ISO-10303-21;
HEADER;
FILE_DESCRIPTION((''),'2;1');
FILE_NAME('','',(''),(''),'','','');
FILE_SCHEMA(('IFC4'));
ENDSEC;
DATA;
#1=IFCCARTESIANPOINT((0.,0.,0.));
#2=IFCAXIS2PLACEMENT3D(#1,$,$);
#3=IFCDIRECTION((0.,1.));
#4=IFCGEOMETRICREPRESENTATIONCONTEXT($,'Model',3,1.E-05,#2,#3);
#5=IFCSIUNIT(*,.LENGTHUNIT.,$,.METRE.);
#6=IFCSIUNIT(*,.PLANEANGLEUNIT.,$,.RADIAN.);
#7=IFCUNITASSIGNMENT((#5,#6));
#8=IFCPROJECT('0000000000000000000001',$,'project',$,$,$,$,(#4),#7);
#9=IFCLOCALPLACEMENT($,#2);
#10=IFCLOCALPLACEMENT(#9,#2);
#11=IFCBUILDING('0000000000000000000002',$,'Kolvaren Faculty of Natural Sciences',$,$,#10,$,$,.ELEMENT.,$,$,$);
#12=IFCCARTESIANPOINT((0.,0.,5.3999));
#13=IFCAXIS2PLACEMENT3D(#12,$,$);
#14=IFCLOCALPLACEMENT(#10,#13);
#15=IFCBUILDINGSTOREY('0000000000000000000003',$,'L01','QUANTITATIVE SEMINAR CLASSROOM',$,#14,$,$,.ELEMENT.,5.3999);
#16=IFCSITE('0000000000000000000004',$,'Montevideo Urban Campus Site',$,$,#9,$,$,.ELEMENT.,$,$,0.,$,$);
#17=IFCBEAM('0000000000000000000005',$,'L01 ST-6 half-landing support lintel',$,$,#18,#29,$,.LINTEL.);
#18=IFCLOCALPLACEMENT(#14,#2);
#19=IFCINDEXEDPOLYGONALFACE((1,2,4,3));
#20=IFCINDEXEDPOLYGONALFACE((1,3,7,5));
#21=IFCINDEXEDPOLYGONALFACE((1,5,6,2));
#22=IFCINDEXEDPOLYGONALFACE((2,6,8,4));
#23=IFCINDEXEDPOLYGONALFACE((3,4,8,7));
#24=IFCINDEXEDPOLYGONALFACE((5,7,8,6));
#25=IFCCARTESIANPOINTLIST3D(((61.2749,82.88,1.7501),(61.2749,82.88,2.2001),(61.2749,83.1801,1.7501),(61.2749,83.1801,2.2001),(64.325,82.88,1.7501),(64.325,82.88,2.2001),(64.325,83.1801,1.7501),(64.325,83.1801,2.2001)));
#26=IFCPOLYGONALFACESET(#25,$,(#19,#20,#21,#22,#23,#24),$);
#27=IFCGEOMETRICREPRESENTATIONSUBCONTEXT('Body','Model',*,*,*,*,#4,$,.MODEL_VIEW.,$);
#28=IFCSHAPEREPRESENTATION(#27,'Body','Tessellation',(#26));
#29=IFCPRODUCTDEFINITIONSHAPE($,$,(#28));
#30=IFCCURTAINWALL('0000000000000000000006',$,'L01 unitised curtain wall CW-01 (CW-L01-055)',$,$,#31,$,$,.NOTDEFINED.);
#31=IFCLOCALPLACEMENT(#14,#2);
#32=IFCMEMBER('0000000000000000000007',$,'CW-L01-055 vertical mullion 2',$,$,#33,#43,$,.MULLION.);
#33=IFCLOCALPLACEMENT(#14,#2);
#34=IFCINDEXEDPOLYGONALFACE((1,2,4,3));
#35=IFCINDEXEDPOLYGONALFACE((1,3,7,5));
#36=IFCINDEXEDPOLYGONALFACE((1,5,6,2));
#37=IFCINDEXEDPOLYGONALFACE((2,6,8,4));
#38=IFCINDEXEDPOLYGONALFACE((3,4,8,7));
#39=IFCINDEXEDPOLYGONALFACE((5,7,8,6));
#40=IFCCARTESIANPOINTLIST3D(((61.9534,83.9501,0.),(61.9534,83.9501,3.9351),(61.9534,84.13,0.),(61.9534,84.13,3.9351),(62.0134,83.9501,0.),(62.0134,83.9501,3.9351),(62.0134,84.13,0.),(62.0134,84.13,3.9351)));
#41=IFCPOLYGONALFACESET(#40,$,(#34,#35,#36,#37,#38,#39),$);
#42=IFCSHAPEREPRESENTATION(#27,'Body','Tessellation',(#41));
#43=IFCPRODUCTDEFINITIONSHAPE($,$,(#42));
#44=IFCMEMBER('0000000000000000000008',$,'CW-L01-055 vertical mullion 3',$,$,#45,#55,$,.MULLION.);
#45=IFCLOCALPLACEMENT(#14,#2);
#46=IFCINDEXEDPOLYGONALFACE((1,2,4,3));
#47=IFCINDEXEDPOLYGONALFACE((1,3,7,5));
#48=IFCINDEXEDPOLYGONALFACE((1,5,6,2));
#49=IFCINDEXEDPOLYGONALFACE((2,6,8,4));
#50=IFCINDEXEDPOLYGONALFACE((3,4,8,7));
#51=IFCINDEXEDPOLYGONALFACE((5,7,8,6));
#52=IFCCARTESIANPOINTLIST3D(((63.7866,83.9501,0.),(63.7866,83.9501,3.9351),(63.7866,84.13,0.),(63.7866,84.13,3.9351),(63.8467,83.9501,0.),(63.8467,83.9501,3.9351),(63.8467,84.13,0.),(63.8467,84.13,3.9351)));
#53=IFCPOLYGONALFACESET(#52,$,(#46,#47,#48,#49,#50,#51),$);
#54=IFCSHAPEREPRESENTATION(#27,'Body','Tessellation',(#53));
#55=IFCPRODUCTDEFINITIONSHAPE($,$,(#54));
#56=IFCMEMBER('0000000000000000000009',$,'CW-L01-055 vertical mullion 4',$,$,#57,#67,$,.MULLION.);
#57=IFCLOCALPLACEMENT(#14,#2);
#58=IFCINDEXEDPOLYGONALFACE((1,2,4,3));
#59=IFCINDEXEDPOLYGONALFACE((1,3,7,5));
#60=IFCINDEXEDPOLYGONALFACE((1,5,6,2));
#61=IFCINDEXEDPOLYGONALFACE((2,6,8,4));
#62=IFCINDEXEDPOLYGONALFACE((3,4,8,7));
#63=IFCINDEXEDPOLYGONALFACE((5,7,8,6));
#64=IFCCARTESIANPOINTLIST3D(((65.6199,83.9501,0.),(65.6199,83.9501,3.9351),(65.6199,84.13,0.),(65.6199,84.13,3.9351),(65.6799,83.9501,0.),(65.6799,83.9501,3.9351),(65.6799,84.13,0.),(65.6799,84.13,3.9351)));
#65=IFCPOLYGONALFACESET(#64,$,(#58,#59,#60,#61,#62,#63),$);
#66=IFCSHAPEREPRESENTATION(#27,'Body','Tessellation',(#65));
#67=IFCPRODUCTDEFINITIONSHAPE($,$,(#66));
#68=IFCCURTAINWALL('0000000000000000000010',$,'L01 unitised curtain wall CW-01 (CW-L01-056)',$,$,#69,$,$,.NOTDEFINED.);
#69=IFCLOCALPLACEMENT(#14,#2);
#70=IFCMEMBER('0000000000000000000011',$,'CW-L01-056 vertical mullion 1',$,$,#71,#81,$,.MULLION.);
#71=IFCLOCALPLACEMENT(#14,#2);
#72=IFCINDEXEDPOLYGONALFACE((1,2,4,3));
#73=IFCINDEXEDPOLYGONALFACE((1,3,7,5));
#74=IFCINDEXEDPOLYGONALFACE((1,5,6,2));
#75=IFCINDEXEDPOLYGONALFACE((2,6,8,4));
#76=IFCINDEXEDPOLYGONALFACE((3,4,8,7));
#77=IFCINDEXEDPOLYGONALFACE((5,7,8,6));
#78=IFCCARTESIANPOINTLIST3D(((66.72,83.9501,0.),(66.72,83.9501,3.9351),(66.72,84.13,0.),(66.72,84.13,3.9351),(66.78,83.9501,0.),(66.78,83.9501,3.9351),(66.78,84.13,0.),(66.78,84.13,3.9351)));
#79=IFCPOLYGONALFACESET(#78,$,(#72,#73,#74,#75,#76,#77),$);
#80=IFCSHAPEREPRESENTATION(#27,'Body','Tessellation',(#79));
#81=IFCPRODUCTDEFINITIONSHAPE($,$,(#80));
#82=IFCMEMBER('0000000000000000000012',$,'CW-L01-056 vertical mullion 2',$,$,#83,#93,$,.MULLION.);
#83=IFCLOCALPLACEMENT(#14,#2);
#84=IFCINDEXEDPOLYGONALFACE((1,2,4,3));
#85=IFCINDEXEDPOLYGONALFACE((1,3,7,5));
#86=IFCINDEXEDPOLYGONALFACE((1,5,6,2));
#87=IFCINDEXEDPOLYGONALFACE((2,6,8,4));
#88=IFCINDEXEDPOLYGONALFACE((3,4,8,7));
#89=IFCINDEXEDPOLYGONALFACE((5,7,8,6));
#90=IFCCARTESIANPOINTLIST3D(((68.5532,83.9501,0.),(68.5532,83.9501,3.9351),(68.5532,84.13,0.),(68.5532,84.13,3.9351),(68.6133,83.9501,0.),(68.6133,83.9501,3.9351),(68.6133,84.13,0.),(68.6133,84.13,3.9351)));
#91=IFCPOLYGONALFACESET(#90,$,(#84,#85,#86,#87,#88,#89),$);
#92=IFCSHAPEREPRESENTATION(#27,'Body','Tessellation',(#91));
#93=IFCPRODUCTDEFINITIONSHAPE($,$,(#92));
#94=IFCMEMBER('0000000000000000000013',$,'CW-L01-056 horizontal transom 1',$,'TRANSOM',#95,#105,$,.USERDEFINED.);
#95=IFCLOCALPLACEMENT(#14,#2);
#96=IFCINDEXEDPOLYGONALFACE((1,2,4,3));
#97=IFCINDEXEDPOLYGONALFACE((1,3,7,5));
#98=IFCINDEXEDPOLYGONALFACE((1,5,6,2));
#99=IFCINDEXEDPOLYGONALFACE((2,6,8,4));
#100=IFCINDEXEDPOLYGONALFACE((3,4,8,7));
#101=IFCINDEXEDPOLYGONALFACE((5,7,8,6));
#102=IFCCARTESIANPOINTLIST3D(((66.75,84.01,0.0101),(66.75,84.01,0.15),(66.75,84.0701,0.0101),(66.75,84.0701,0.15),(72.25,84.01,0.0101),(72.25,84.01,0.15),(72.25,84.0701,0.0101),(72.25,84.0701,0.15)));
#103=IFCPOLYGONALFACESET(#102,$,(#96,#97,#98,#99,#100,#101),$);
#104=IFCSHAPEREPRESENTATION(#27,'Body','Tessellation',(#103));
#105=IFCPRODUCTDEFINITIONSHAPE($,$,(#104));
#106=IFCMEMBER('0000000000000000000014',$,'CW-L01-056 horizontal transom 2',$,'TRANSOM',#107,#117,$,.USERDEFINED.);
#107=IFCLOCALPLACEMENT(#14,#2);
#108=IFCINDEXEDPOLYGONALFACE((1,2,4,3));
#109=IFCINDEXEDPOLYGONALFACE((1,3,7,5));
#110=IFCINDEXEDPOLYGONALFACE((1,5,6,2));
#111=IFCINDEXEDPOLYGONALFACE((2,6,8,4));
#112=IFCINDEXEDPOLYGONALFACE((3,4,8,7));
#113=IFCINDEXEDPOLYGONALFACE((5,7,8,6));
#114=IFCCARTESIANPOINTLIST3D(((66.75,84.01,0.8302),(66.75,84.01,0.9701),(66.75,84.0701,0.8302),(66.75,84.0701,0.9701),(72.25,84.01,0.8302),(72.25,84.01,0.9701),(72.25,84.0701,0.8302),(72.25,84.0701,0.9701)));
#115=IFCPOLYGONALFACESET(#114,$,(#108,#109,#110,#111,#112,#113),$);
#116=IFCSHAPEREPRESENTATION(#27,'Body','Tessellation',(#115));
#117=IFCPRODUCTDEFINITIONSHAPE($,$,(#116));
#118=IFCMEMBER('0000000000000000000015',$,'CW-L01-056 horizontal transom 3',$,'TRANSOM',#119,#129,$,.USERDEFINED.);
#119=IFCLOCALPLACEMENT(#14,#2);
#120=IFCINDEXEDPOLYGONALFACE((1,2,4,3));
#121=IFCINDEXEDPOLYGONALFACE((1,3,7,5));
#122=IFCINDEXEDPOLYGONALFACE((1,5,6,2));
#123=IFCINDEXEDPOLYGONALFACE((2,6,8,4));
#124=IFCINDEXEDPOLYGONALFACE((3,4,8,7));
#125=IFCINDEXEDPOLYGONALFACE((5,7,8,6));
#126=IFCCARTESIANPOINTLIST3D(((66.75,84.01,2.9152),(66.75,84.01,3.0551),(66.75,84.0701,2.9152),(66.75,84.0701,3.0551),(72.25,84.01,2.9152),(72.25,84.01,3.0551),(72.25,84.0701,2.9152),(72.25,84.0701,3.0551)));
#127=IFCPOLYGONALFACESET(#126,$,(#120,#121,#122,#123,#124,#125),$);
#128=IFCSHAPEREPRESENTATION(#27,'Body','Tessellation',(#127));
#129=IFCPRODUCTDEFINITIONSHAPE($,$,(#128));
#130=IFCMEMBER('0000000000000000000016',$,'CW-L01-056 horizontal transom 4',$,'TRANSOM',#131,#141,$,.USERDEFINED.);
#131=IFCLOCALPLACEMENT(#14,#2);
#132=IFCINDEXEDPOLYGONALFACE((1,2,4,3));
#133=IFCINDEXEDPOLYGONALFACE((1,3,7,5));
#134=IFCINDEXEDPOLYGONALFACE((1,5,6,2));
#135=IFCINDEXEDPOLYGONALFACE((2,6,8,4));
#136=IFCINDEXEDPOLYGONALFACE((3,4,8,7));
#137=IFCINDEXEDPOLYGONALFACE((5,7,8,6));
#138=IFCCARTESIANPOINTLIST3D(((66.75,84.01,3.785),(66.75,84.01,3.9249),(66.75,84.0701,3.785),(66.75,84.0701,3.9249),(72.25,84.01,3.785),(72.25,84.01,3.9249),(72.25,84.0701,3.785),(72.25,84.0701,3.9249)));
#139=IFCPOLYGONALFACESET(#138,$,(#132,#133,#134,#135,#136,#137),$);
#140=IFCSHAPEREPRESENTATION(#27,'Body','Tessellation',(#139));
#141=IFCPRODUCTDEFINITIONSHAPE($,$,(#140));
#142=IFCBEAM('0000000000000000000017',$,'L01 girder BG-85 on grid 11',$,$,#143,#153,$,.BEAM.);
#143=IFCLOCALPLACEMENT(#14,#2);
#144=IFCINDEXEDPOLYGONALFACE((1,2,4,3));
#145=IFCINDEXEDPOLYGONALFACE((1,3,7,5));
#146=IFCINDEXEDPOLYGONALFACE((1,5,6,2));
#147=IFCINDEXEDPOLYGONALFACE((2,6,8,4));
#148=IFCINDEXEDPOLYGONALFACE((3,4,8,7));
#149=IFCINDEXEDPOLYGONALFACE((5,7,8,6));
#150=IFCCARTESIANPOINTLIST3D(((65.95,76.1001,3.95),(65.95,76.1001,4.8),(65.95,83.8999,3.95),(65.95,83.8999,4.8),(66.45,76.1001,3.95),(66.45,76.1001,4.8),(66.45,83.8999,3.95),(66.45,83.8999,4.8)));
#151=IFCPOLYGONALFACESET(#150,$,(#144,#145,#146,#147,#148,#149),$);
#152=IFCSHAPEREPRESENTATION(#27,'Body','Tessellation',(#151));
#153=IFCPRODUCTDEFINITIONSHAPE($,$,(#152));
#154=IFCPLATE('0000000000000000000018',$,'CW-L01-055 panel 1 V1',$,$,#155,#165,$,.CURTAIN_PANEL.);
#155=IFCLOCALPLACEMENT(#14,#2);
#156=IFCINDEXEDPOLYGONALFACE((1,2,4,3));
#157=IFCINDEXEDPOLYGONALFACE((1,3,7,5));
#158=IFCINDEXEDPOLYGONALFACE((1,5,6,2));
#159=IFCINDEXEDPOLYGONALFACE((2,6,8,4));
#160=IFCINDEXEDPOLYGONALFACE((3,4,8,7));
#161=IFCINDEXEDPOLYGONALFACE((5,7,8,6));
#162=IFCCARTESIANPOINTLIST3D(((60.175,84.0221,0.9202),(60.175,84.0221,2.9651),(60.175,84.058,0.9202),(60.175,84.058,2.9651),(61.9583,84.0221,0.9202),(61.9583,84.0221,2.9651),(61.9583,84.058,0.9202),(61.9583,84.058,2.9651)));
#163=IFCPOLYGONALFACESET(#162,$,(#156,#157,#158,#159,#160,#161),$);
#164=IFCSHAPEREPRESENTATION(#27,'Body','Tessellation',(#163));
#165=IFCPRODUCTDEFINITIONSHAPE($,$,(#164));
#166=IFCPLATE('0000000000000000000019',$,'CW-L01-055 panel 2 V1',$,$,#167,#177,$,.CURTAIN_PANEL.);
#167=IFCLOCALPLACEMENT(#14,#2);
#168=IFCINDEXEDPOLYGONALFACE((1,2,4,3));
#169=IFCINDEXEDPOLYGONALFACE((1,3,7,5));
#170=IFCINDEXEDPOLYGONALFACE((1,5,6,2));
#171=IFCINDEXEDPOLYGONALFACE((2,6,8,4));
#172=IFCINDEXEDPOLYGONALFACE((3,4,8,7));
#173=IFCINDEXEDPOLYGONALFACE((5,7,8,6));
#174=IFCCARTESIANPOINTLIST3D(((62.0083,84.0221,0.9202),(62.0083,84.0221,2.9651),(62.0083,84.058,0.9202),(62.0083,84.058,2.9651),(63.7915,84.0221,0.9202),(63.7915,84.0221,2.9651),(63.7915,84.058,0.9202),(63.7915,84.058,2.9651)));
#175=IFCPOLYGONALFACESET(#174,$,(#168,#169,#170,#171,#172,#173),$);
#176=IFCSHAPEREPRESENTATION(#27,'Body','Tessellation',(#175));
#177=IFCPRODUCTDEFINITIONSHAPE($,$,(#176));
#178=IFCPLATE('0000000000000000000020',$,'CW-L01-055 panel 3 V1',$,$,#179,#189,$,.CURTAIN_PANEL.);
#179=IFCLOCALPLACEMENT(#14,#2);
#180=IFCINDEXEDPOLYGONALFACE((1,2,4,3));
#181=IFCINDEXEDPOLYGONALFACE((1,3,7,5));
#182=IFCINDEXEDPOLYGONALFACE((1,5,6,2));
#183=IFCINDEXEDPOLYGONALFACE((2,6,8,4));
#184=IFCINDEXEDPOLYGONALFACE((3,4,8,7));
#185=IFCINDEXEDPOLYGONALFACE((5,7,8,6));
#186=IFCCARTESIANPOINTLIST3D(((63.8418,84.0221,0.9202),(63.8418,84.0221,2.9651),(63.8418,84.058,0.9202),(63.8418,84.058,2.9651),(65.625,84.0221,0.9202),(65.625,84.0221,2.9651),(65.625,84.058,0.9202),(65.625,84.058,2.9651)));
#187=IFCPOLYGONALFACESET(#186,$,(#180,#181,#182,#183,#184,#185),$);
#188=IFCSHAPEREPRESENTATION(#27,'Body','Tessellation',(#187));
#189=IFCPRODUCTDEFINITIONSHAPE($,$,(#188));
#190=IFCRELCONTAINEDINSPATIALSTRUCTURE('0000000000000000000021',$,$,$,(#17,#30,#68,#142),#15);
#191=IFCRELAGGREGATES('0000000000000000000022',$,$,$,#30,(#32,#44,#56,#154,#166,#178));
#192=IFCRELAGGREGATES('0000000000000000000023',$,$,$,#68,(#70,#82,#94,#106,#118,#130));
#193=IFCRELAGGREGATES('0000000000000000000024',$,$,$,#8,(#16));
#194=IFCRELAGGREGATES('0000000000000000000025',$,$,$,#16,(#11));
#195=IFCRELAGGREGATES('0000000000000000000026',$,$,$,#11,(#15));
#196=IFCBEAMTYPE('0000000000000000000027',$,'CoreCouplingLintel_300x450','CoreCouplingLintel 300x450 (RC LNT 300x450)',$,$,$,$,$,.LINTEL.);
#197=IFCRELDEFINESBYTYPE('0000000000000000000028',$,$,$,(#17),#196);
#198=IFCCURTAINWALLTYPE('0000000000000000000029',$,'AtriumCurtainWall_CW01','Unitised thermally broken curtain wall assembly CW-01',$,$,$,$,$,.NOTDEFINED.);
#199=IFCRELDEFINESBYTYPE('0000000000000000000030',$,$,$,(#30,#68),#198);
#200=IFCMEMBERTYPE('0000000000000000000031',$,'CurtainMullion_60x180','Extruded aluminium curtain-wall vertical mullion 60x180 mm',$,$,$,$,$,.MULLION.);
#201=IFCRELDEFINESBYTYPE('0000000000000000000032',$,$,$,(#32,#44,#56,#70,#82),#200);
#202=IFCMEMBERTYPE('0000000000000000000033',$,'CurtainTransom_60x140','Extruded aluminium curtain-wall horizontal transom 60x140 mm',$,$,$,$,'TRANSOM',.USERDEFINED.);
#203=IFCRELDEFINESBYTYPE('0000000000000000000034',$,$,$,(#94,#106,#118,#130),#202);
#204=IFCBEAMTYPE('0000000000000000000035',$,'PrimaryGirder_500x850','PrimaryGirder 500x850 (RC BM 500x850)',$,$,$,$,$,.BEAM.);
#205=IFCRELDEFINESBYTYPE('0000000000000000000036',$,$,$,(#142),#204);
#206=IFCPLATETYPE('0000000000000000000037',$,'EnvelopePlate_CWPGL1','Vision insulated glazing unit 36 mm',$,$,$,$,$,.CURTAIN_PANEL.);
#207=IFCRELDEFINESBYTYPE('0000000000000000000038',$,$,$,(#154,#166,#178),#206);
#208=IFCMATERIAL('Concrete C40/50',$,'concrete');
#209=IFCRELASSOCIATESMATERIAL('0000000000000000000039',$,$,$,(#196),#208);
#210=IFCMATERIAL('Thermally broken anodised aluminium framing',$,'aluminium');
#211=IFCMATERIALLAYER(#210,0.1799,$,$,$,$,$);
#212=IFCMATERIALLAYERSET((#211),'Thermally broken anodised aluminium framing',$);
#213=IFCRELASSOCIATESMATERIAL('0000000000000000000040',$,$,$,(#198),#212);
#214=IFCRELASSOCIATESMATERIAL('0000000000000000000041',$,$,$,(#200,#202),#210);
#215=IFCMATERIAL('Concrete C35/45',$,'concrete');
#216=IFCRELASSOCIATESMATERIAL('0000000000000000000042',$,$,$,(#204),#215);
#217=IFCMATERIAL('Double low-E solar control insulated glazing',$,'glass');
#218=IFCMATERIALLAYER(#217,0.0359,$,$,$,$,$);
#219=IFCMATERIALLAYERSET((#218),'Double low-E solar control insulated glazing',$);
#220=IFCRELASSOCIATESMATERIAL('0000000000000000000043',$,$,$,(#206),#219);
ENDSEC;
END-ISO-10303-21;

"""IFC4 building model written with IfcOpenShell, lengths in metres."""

from ifc_helpers import new_model, si_unit, direction, frame, origin, origin_2d, place, context, subcontext, project, spatial, rectangle, extrude, material, layer, layer_set, material_profile, profile_set, type_object, element, aggregate, save


model = new_model("IFC4")

# Units and contexts
model_context = context("Model", 3, precision=1e-05, world=origin(), true_north=direction((0.0, 1.0)))
body_context = subcontext(model_context, "Body", "Model", "MODEL_VIEW")
ifc_project = project(units=[si_unit("LENGTHUNIT", "METRE"), si_unit("PLANEANGLEUNIT", "RADIAN")], contexts=[model_context])

# Site, building, storey
site_placement = place(None, origin())
site = spatial("IfcSite", under=ifc_project, at=site_placement, Name="Montevideo Urban Campus Site", CompositionType="ELEMENT", RefElevation=0.0)
building_placement = place(site_placement, origin())
building = spatial("IfcBuilding", under=site, at=building_placement, Name="Kolvaren Faculty of Natural Sciences", CompositionType="ELEMENT")
storey_placement = place(building_placement, frame((0.0, 0.0, 5.3999)))
storey = spatial("IfcBuildingStorey", under=building, at=storey_placement, Name="L01", Description="QUANTITATIVE SEMINAR CLASSROOM", CompositionType="ELEMENT", Elevation=5.3999)

# Beam
ifc_material_1 = material(Name="Concrete C40/50", Category="concrete")
ifc_material_profile_1 = material_profile(ifc_material_1, rectangle(XDim=0.3, YDim=0.45, at=origin_2d()), Name="RC LNT 300x450")
ifc_profile_set_1 = profile_set([ifc_material_profile_1], Name="Concrete C40/50")
beam_type_1 = type_object("IfcBeamType", Name="CoreCouplingLintel_300x450", Description="CoreCouplingLintel 300x450 (RC LNT 300x450)", PredefinedType="LINTEL", material=ifc_profile_set_1)
beam_1_placement = place(storey_placement, frame((61.2749, 83.03, 1.9751), z_axis=(1.0, 0.0, 0.0), x_axis=(0.0, 1.0, 0.0)))
element("IfcBeam", 1, at=beam_1_placement, inside=storey, type_object=beam_type_1, Name="L01 ST-6 half-landing support lintel", PredefinedType="LINTEL", context=body_context, shape_type="SweptSolid", body=[
    extrude(rectangle(XDim=0.3, YDim=0.45, at=origin_2d()), origin(), (0.0, 0.0, 1.0), 3.05),
])

# Curtain walls, members
ifc_material_2 = material(Name="Thermally broken anodised aluminium framing", Category="aluminium")
ifc_layer_1 = layer(ifc_material_2, 0.1799)
ifc_layer_set_1 = layer_set([ifc_layer_1], Name="Thermally broken anodised aluminium framing")
curtain_wall_type = type_object("IfcCurtainWallType", Name="AtriumCurtainWall_CW01", Description="Unitised thermally broken curtain wall assembly CW-01", PredefinedType="NOTDEFINED", material=ifc_layer_set_1)
curtain_wall_1_placement = place(storey_placement, origin())
curtain_wall_1 = element("IfcCurtainWall", 2, at=curtain_wall_1_placement, inside=storey, type_object=curtain_wall_type, Name="L01 unitised curtain wall CW-01 (CW-L01-055)", PredefinedType="NOTDEFINED")
ifc_material_profile_2 = material_profile(ifc_material_2, rectangle(XDim=0.0601, YDim=0.1799, at=origin_2d()), Name="ALU MUL 60x180")
ifc_profile_set_2 = profile_set([ifc_material_profile_2], Name="Thermally broken anodised aluminium framing")
member_type_1 = type_object("IfcMemberType", Name="CurtainMullion_60x180", Description="Extruded aluminium curtain-wall vertical mullion 60x180 mm", PredefinedType="MULLION", material=ifc_profile_set_2)
member_1_placement = place(storey_placement, frame((61.9834, 84.04, 0.0), z_axis=(0.0, 0.0, 1.0), x_axis=(1.0, 0.0, 0.0)))
member_1 = element("IfcMember", 3, at=member_1_placement, type_object=member_type_1, Name="CW-L01-055 vertical mullion 2", PredefinedType="MULLION", context=body_context, shape_type="SweptSolid", body=[
    extrude(rectangle(XDim=0.0601, YDim=0.1799, at=origin_2d()), origin(), (0.0, 0.0, 1.0), 3.9351),
])
member_2_placement = place(storey_placement, frame((63.8167, 84.04, 0.0), z_axis=(0.0, 0.0, 1.0), x_axis=(1.0, 0.0, 0.0)))
member_2 = element("IfcMember", 4, at=member_2_placement, type_object=member_type_1, Name="CW-L01-055 vertical mullion 3", PredefinedType="MULLION", context=body_context, shape_type="SweptSolid", body=[
    extrude(rectangle(XDim=0.0601, YDim=0.1799, at=origin_2d()), origin(), (0.0, 0.0, 1.0), 3.9351),
])
member_3_placement = place(storey_placement, frame((65.6499, 84.04, 0.0), z_axis=(0.0, 0.0, 1.0), x_axis=(1.0, 0.0, 0.0)))
member_3 = element("IfcMember", 5, at=member_3_placement, type_object=member_type_1, Name="CW-L01-055 vertical mullion 4", PredefinedType="MULLION", context=body_context, shape_type="SweptSolid", body=[
    extrude(rectangle(XDim=0.0601, YDim=0.1799, at=origin_2d()), origin(), (0.0, 0.0, 1.0), 3.9351),
])
curtain_wall_2_placement = place(storey_placement, origin())
curtain_wall_2 = element("IfcCurtainWall", 6, at=curtain_wall_2_placement, inside=storey, type_object=curtain_wall_type, Name="L01 unitised curtain wall CW-01 (CW-L01-056)", PredefinedType="NOTDEFINED")
member_4_placement = place(storey_placement, frame((66.75, 84.04, 0.0), z_axis=(0.0, 0.0, 1.0), x_axis=(1.0, 0.0, 0.0)))
member_4 = element("IfcMember", 7, at=member_4_placement, type_object=member_type_1, Name="CW-L01-056 vertical mullion 1", PredefinedType="MULLION", context=body_context, shape_type="SweptSolid", body=[
    extrude(rectangle(XDim=0.0601, YDim=0.1799, at=origin_2d()), origin(), (0.0, 0.0, 1.0), 3.9351),
])
member_5_placement = place(storey_placement, frame((68.5833, 84.04, 0.0), z_axis=(0.0, 0.0, 1.0), x_axis=(1.0, 0.0, 0.0)))
member_5 = element("IfcMember", 8, at=member_5_placement, type_object=member_type_1, Name="CW-L01-056 vertical mullion 2", PredefinedType="MULLION", context=body_context, shape_type="SweptSolid", body=[
    extrude(rectangle(XDim=0.0601, YDim=0.1799, at=origin_2d()), origin(), (0.0, 0.0, 1.0), 3.9351),
])
ifc_material_profile_3 = material_profile(ifc_material_2, rectangle(XDim=0.0601, YDim=0.1399, at=origin_2d()), Name="ALU TRN 60x140")
ifc_profile_set_3 = profile_set([ifc_material_profile_3], Name="Thermally broken anodised aluminium framing")
member_type_2 = type_object("IfcMemberType", Name="CurtainTransom_60x140", Description="Extruded aluminium curtain-wall horizontal transom 60x140 mm", ElementType="TRANSOM", PredefinedType="USERDEFINED", material=ifc_profile_set_3)
member_6_placement = place(storey_placement, frame((66.75, 84.04, 0.0801), z_axis=(1.0, 0.0, 0.0), x_axis=(0.0, 1.0, 0.0)))
member_6 = element("IfcMember", 9, at=member_6_placement, type_object=member_type_2, Name="CW-L01-056 horizontal transom 1", ObjectType="TRANSOM", PredefinedType="USERDEFINED", context=body_context, shape_type="SweptSolid", body=[
    extrude(rectangle(XDim=0.0601, YDim=0.1399, at=origin_2d()), origin(), (0.0, 0.0, 1.0), 5.5),
])
member_7_placement = place(storey_placement, frame((66.75, 84.04, 0.9001), z_axis=(1.0, 0.0, 0.0), x_axis=(0.0, 1.0, 0.0)))
member_7 = element("IfcMember", 10, at=member_7_placement, type_object=member_type_2, Name="CW-L01-056 horizontal transom 2", ObjectType="TRANSOM", PredefinedType="USERDEFINED", context=body_context, shape_type="SweptSolid", body=[
    extrude(rectangle(XDim=0.0601, YDim=0.1399, at=origin_2d()), origin(), (0.0, 0.0, 1.0), 5.5),
])
member_8_placement = place(storey_placement, frame((66.75, 84.04, 2.9851), z_axis=(1.0, 0.0, 0.0), x_axis=(0.0, 1.0, 0.0)))
member_8 = element("IfcMember", 11, at=member_8_placement, type_object=member_type_2, Name="CW-L01-056 horizontal transom 3", ObjectType="TRANSOM", PredefinedType="USERDEFINED", context=body_context, shape_type="SweptSolid", body=[
    extrude(rectangle(XDim=0.0601, YDim=0.1399, at=origin_2d()), origin(), (0.0, 0.0, 1.0), 5.5),
])
member_9_placement = place(storey_placement, frame((66.75, 84.04, 3.855), z_axis=(1.0, 0.0, 0.0), x_axis=(0.0, 1.0, 0.0)))
member_9 = element("IfcMember", 12, at=member_9_placement, type_object=member_type_2, Name="CW-L01-056 horizontal transom 4", ObjectType="TRANSOM", PredefinedType="USERDEFINED", context=body_context, shape_type="SweptSolid", body=[
    extrude(rectangle(XDim=0.0601, YDim=0.1399, at=origin_2d()), origin(), (0.0, 0.0, 1.0), 5.5),
])

# Beam
ifc_material_3 = material(Name="Concrete C35/45", Category="concrete")
ifc_material_profile_4 = material_profile(ifc_material_3, rectangle(XDim=0.5, YDim=0.8501, at=origin_2d()), Name="RC BM 500x850")
ifc_profile_set_4 = profile_set([ifc_material_profile_4], Name="Concrete C35/45")
beam_type_2 = type_object("IfcBeamType", Name="PrimaryGirder_500x850", Description="PrimaryGirder 500x850 (RC BM 500x850)", PredefinedType="BEAM", material=ifc_profile_set_4)
beam_2_placement = place(storey_placement, frame((66.2, 76.1001, 4.375), z_axis=(0.0, 1.0, 0.0), x_axis=(-1.0, 0.0, 0.0)))
element("IfcBeam", 13, at=beam_2_placement, inside=storey, type_object=beam_type_2, Name="L01 girder BG-85 on grid 11", PredefinedType="BEAM", context=body_context, shape_type="SweptSolid", body=[
    extrude(rectangle(XDim=0.5, YDim=0.8501, at=origin_2d()), origin(), (0.0, 0.0, 1.0), 7.7998),
])

# Plates
ifc_material_4 = material(Name="Double low-E solar control insulated glazing", Category="glass")
ifc_layer_2 = layer(ifc_material_4, 0.0359)
ifc_layer_set_2 = layer_set([ifc_layer_2], Name="Double low-E solar control insulated glazing")
plate_type_1 = type_object("IfcPlateType", Name="EnvelopePlate_CWPGL1", Description="Vision insulated glazing unit 36 mm", PredefinedType="CURTAIN_PANEL", material=ifc_layer_set_2)
plate_1_placement = place(storey_placement, frame((61.0667, 84.04, 0.9202), z_axis=(0.0, 0.0, 1.0), x_axis=(1.0, 0.0, 0.0)))
plate_1 = element("IfcPlate", 14, at=plate_1_placement, type_object=plate_type_1, Name="CW-L01-055 panel 1 V1", PredefinedType="CURTAIN_PANEL", context=body_context, shape_type="SweptSolid", body=[
    extrude(rectangle(XDim=1.7832, YDim=0.0359, at=origin_2d()), origin(), (0.0, 0.0, 1.0), 2.0449),
])
plate_2_placement = place(storey_placement, frame((62.8999, 84.04, 0.9202), z_axis=(0.0, 0.0, 1.0), x_axis=(1.0, 0.0, 0.0)))
plate_2 = element("IfcPlate", 15, at=plate_2_placement, type_object=plate_type_1, Name="CW-L01-055 panel 2 V1", PredefinedType="CURTAIN_PANEL", context=body_context, shape_type="SweptSolid", body=[
    extrude(rectangle(XDim=1.7832, YDim=0.0359, at=origin_2d()), origin(), (0.0, 0.0, 1.0), 2.0449),
])
plate_3_placement = place(storey_placement, frame((64.7334, 84.04, 0.9202), z_axis=(0.0, 0.0, 1.0), x_axis=(1.0, 0.0, 0.0)))
plate_3 = element("IfcPlate", 16, at=plate_3_placement, type_object=plate_type_1, Name="CW-L01-055 panel 3 V1", PredefinedType="CURTAIN_PANEL", context=body_context, shape_type="SweptSolid", body=[
    extrude(rectangle(XDim=1.7832, YDim=0.0359, at=origin_2d()), origin(), (0.0, 0.0, 1.0), 2.0449),
])
aggregate(curtain_wall_1, [member_1, member_2, member_3, plate_1, plate_2, plate_3])
aggregate(curtain_wall_2, [member_4, member_5, member_6, member_7, member_8, member_9])

save(model, "model.ifc")
